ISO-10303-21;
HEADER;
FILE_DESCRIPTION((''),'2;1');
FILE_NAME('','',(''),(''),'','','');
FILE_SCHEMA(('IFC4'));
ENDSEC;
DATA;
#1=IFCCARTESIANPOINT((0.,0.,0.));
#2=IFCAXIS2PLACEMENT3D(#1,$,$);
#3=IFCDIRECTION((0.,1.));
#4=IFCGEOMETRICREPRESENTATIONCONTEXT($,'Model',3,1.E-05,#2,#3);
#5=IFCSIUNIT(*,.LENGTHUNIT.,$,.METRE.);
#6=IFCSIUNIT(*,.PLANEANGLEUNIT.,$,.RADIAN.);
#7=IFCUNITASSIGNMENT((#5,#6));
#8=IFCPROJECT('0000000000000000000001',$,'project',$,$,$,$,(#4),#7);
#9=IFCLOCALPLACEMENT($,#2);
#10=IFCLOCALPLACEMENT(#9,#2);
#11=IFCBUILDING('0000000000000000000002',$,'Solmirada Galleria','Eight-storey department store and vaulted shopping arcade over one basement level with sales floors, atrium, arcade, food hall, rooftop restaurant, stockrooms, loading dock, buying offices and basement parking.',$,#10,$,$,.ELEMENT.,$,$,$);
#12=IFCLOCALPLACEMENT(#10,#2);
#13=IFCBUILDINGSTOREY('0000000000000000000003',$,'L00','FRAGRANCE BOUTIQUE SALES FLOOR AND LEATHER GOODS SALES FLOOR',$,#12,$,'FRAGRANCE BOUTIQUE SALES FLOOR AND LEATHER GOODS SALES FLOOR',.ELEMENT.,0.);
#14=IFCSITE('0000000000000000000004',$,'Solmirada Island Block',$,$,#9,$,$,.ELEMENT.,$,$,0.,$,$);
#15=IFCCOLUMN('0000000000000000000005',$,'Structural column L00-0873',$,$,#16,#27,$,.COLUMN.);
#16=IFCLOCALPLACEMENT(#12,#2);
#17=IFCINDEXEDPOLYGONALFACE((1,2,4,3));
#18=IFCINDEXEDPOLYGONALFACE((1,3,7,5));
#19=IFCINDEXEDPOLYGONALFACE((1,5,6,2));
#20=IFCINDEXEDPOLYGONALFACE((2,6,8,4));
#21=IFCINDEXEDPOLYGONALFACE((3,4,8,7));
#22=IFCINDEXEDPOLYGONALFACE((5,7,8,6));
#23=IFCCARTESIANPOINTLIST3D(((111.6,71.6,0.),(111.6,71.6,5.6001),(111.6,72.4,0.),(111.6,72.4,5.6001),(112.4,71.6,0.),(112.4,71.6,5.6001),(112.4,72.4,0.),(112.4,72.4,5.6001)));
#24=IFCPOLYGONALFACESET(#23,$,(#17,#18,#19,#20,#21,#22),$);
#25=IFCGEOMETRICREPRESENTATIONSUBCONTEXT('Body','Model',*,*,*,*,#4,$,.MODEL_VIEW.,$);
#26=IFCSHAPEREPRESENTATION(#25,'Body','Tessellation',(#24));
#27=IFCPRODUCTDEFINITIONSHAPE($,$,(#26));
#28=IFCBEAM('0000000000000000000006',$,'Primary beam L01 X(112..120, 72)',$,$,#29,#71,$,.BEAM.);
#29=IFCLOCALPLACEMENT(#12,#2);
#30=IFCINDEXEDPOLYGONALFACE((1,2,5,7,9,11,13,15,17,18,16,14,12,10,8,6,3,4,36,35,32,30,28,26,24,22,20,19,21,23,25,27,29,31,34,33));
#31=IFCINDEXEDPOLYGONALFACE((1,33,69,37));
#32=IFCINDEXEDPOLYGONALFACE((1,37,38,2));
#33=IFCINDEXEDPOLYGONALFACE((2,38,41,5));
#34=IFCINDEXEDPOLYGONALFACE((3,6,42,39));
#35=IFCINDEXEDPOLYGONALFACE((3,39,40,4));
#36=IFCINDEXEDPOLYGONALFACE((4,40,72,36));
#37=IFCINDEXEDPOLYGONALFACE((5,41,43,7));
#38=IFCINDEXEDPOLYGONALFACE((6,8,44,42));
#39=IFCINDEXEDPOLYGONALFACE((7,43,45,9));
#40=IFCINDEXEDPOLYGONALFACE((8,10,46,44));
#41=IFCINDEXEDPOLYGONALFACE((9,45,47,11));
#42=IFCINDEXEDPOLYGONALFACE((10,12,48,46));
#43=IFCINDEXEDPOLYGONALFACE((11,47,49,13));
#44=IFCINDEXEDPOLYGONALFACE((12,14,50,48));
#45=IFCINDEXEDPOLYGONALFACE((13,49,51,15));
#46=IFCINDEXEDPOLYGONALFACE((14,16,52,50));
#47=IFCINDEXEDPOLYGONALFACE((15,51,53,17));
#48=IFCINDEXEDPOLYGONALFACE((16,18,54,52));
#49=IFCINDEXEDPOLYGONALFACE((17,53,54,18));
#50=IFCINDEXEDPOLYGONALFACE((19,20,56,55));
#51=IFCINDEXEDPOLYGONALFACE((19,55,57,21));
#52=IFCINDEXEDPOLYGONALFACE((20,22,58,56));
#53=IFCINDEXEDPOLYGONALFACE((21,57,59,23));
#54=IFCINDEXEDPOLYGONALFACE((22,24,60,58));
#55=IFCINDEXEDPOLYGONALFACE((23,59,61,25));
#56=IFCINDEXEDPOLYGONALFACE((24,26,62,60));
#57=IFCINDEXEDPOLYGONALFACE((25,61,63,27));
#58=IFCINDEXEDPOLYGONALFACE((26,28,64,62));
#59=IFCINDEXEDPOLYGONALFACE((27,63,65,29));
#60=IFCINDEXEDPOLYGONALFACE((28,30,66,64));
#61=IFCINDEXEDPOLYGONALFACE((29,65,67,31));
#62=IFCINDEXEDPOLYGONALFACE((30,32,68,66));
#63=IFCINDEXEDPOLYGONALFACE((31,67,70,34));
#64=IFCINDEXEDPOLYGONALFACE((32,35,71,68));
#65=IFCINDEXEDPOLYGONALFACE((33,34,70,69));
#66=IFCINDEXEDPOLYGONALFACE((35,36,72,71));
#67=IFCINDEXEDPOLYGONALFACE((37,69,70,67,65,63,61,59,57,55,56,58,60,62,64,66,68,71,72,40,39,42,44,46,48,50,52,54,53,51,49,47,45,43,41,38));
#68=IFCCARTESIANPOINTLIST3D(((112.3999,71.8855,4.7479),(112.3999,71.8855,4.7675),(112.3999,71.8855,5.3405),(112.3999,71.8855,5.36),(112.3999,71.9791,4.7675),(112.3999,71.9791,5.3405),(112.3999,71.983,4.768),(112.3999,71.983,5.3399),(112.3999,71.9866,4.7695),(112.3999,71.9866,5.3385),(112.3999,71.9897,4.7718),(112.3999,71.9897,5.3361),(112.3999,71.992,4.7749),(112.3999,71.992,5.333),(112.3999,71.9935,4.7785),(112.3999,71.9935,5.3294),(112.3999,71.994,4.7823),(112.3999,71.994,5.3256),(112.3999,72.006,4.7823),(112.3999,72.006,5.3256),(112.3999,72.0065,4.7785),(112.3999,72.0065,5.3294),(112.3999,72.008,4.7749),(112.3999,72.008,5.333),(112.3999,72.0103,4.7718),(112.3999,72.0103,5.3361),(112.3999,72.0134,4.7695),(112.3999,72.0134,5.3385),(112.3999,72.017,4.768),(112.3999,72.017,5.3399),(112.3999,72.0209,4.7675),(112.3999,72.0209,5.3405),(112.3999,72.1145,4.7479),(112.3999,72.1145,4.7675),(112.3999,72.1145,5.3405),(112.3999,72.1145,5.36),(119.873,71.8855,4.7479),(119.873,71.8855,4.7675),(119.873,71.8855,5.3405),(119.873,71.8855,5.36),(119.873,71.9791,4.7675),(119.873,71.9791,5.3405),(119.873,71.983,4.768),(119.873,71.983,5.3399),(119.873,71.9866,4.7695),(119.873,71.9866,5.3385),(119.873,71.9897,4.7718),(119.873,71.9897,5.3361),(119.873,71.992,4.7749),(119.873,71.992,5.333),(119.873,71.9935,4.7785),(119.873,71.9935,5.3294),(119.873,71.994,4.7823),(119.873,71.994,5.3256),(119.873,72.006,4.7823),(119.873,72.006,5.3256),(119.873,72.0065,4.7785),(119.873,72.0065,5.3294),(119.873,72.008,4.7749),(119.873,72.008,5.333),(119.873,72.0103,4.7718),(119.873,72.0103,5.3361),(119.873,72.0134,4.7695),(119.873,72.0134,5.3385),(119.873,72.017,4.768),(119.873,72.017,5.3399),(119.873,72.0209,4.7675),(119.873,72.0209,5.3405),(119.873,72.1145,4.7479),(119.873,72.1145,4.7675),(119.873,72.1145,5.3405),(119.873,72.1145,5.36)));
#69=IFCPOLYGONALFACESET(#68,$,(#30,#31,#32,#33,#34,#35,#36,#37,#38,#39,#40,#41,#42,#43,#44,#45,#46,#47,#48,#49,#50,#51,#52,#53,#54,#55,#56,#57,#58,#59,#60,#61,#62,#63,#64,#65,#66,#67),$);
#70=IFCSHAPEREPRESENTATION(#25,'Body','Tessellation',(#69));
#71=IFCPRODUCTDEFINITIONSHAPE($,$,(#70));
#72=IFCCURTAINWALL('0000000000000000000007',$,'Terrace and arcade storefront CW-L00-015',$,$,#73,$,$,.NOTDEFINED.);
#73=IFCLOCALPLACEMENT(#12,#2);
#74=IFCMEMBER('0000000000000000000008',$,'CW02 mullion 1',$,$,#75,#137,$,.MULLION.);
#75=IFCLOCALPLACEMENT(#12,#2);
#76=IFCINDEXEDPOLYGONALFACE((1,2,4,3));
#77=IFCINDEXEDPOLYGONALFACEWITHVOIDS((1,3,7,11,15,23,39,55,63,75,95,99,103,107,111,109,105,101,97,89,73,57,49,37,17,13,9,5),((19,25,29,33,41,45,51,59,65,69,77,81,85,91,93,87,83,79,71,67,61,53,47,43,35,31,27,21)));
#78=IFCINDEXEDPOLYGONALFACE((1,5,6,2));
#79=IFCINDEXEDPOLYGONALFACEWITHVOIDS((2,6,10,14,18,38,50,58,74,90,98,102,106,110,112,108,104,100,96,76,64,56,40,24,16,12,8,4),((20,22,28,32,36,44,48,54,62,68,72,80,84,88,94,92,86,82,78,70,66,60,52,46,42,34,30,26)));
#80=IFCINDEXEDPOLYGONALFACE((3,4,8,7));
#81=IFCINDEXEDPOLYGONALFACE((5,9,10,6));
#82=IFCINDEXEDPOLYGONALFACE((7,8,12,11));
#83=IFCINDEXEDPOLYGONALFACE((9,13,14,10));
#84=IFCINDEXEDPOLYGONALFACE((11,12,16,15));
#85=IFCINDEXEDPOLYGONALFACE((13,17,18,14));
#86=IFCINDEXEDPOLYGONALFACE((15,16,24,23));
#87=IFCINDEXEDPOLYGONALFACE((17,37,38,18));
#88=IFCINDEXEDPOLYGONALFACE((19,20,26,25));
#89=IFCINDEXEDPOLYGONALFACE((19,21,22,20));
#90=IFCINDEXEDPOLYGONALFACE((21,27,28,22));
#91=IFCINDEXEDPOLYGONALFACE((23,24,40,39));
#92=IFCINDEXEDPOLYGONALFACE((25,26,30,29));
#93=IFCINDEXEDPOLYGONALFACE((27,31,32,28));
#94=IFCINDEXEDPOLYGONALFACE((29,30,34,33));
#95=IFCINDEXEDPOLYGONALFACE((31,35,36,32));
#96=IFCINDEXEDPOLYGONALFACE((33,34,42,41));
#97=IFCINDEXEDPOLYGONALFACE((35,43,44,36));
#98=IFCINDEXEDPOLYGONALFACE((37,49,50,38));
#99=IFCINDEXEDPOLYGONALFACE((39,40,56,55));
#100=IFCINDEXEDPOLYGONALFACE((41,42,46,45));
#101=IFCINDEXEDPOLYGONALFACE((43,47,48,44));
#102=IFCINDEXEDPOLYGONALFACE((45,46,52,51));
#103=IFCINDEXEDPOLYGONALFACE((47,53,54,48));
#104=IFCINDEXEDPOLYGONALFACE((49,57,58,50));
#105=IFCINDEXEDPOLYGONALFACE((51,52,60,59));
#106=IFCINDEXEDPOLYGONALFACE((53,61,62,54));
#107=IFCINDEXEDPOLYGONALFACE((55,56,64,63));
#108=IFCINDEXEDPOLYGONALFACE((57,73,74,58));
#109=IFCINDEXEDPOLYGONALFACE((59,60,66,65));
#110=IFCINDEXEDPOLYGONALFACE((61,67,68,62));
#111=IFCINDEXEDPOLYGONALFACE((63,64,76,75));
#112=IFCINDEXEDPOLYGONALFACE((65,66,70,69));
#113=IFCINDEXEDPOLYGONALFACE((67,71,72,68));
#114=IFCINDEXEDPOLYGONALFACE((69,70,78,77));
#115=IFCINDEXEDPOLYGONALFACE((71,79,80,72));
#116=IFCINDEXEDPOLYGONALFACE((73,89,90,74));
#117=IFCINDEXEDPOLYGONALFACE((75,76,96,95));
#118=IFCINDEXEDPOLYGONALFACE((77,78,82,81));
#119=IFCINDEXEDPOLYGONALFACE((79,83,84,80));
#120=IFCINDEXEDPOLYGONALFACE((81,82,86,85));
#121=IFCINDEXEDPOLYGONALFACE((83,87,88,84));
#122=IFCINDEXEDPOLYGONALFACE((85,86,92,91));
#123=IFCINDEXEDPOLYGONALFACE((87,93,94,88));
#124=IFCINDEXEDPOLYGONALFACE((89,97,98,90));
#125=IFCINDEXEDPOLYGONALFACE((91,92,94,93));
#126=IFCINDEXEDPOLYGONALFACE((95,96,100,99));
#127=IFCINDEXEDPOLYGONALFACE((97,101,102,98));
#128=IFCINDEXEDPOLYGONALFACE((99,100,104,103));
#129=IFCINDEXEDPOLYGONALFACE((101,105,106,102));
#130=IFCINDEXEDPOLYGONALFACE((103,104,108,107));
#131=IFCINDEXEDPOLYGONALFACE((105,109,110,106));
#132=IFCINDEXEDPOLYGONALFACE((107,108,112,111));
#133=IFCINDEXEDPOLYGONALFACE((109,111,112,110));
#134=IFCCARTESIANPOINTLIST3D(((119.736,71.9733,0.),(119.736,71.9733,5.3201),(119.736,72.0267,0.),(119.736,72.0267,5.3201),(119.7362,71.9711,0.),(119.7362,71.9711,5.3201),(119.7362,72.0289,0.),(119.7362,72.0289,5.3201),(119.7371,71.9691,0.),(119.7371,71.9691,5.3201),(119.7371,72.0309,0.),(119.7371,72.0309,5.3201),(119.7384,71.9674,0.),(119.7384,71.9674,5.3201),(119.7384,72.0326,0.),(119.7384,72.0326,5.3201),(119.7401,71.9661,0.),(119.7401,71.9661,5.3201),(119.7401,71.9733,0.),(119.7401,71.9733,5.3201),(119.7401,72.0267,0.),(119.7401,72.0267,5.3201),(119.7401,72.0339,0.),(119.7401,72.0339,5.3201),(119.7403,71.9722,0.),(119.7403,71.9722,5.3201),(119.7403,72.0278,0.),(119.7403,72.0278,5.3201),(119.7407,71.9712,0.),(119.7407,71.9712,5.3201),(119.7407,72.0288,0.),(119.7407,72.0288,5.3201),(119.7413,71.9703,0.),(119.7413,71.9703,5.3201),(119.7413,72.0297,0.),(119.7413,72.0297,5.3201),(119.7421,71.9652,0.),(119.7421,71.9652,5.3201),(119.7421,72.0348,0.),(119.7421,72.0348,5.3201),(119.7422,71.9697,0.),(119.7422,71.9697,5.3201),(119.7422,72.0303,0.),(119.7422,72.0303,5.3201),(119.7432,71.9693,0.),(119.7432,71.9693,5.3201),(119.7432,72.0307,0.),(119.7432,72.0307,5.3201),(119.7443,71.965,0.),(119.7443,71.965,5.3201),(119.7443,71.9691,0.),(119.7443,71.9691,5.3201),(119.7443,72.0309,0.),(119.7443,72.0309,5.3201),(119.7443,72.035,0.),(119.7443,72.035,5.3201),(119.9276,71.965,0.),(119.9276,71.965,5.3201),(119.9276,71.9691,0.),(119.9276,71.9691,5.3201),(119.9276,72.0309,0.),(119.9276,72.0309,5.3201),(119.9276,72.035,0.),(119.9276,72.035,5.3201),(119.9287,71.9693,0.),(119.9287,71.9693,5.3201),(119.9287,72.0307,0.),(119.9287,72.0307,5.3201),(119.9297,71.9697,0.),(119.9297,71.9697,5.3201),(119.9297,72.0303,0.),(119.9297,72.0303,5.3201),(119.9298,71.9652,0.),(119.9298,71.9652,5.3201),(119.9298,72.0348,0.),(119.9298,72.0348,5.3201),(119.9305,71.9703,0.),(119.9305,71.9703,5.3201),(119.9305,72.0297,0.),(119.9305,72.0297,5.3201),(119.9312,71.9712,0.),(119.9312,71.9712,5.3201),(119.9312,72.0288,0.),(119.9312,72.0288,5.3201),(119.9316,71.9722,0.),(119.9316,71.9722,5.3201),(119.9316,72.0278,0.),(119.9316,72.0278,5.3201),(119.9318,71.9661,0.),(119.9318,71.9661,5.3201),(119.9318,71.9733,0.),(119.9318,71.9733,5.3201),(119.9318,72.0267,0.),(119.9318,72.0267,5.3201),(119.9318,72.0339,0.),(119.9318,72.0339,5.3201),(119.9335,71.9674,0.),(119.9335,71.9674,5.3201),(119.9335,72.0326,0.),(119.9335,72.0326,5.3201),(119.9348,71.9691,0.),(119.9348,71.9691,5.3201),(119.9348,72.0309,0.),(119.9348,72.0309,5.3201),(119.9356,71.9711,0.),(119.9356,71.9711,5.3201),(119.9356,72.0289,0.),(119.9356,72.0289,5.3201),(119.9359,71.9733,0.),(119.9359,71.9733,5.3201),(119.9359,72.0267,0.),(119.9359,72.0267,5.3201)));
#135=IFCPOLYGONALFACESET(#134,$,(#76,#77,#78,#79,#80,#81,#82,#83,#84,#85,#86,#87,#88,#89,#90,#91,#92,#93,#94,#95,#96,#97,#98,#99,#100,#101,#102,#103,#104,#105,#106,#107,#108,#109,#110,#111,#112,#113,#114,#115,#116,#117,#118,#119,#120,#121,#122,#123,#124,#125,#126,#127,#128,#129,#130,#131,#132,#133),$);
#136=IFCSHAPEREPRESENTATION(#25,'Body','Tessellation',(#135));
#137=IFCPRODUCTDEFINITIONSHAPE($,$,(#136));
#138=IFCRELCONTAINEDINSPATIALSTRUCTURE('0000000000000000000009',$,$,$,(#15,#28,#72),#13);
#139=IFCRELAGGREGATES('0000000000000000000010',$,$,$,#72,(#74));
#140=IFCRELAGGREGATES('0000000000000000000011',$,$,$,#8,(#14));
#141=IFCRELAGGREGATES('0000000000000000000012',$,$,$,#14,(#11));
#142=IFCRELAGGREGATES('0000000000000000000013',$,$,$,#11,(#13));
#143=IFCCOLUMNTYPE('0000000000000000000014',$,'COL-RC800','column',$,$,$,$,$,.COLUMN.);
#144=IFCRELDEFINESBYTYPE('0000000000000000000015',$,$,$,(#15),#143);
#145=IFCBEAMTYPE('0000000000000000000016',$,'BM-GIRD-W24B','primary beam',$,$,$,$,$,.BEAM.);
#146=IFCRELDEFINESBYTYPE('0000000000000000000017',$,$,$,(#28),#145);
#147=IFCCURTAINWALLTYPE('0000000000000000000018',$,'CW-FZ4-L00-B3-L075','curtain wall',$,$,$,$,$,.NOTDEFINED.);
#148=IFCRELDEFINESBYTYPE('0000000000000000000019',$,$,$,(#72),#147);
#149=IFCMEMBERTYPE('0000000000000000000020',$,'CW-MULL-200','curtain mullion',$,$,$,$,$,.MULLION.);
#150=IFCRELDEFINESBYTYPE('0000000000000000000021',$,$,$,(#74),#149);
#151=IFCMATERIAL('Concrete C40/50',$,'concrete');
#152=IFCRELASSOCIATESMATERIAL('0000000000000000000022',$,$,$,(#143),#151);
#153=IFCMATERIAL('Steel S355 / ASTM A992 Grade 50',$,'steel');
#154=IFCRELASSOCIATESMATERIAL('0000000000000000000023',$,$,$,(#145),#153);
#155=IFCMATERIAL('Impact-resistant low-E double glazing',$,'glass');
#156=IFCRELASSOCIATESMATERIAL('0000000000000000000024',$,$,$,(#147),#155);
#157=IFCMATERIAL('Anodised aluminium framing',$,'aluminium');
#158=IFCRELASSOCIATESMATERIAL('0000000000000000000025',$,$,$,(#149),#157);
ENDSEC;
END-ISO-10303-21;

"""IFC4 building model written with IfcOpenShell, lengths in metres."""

from ifc_helpers import new_model, si_unit, direction, frame, origin, origin_2d, place, context, subcontext, project, spatial, rectangle, hollow_rectangle, i_section, extrude, material, material_profile, profile_set, type_object, element, aggregate, save


model = new_model("IFC4")

# Units and contexts
model_context = context("Model", 3, precision=1e-05, world=origin(), true_north=direction((0.0, 1.0)))
body_context = subcontext(model_context, "Body", "Model", "MODEL_VIEW")
ifc_project = project(units=[si_unit("LENGTHUNIT", "METRE"), si_unit("PLANEANGLEUNIT", "RADIAN")], contexts=[model_context])

# Site, building, storey
site_placement = place(None, origin())
site = spatial("IfcSite", under=ifc_project, at=site_placement, Name="Solmirada Island Block", CompositionType="ELEMENT", RefElevation=0.0)
building_placement = place(site_placement, origin())
building = spatial("IfcBuilding", under=site, at=building_placement, Name="Solmirada Galleria", Description="Eight-storey department store and vaulted shopping arcade over one basement level with sales floors, atrium, arcade, food hall, rooftop restaurant, stockrooms, loading dock, buying offices and basement parking.", CompositionType="ELEMENT")
storey_placement = place(building_placement, origin())
storey = spatial("IfcBuildingStorey", under=building, at=storey_placement, Name="L00", Description="FRAGRANCE BOUTIQUE SALES FLOOR AND LEATHER GOODS SALES FLOOR", LongName="FRAGRANCE BOUTIQUE SALES FLOOR AND LEATHER GOODS SALES FLOOR", CompositionType="ELEMENT", Elevation=0.0)

# Column
ifc_material_1 = material(Name="Concrete C40/50", Category="concrete")
ifc_material_profile_1 = material_profile(ifc_material_1, rectangle(XDim=0.8, YDim=0.8, at=origin_2d()), Name="RC800X800")
ifc_profile_set_1 = profile_set([ifc_material_profile_1], Name="Concrete C40/50")
column_type = type_object("IfcColumnType", Name="COL-RC800", Description="column", PredefinedType="COLUMN", material=ifc_profile_set_1)
column_placement = place(storey_placement, frame((112.0, 72.0, 0.0), z_axis=(0.0, 0.0, 1.0), x_axis=(1.0, 0.0, 0.0)))
element("IfcColumn", 1, at=column_placement, inside=storey, type_object=column_type, Name="Structural column L00-0873", PredefinedType="COLUMN", context=body_context, shape_type="SweptSolid", body=[
    extrude(rectangle(XDim=0.8, YDim=0.8, at=origin_2d()), origin(), (0.0, 0.0, 1.0), 5.6001),
])

# Beam
ifc_material_2 = material(Name="Steel S355 / ASTM A992 Grade 50", Category="steel")
ifc_material_profile_2 = material_profile(ifc_material_2, i_section(OverallWidth=0.229, OverallDepth=0.6121, WebThickness=0.012, FlangeThickness=0.0195, FilletRadius=0.0149, at=origin_2d()), Name="W24X84")
ifc_profile_set_2 = profile_set([ifc_material_profile_2], Name="Steel S355 / ASTM A992 Grade 50")
beam_type = type_object("IfcBeamType", Name="BM-GIRD-W24B", Description="primary beam", PredefinedType="BEAM", material=ifc_profile_set_2)
beam_placement = place(storey_placement, frame((112.3999, 72.0, 5.054), z_axis=(1.0, 0.0, 0.0), x_axis=(0.0, 1.0, 0.0)))
element("IfcBeam", 2, at=beam_placement, inside=storey, type_object=beam_type, Name="Primary beam L01 X(112..120, 72)", PredefinedType="BEAM", context=body_context, shape_type="SweptSolid", body=[
    extrude(i_section(OverallWidth=0.229, OverallDepth=0.6121, WebThickness=0.012, FlangeThickness=0.0195, FilletRadius=0.0149, at=origin_2d()), origin(), (0.0, 0.0, 1.0), 7.4731),
])

# Curtain wall, member
ifc_material_3 = material(Name="Impact-resistant low-E double glazing", Category="glass")
curtain_wall_type_1 = type_object("IfcCurtainWallType", Name="CW-FZ4-L00-B3-L075", Description="curtain wall", PredefinedType="NOTDEFINED", material=ifc_material_3)
curtain_wall_1_placement = place(storey_placement, origin())
curtain_wall_1 = element("IfcCurtainWall", 3, at=curtain_wall_1_placement, inside=storey, type_object=curtain_wall_type_1, Name="Terrace and arcade storefront CW-L00-015", PredefinedType="NOTDEFINED")
ifc_material_4 = material(Name="Anodised aluminium framing", Category="aluminium")
ifc_material_profile_3 = material_profile(ifc_material_4, hollow_rectangle(XDim=0.0701, YDim=0.2, WallThickness=0.0042, InnerFilletRadius=0.0042, OuterFilletRadius=0.0083, at=origin_2d()), Name="ALU-MULL-200X70")
ifc_profile_set_3 = profile_set([ifc_material_profile_3], Name="Anodised aluminium framing")
member_type_1 = type_object("IfcMemberType", Name="CW-MULL-200", Description="curtain mullion", PredefinedType="MULLION", material=ifc_profile_set_3)
member_1_placement = place(storey_placement, frame((119.8359, 72.0, 0.0), z_axis=(0.0, 0.0, 1.0), x_axis=(0.0, -1.0, 0.0)))
member_1 = element("IfcMember", 4, at=member_1_placement, type_object=member_type_1, Name="CW02 mullion 1", PredefinedType="MULLION", context=body_context, shape_type="SweptSolid", body=[
    extrude(hollow_rectangle(XDim=0.0701, YDim=0.2, WallThickness=0.0042, InnerFilletRadius=0.0042, OuterFilletRadius=0.0083, at=origin_2d()), origin(), (0.0, 0.0, 1.0), 5.3201),
])

aggregate(curtain_wall_1, [member_1])

save(model, "model.ifc")
